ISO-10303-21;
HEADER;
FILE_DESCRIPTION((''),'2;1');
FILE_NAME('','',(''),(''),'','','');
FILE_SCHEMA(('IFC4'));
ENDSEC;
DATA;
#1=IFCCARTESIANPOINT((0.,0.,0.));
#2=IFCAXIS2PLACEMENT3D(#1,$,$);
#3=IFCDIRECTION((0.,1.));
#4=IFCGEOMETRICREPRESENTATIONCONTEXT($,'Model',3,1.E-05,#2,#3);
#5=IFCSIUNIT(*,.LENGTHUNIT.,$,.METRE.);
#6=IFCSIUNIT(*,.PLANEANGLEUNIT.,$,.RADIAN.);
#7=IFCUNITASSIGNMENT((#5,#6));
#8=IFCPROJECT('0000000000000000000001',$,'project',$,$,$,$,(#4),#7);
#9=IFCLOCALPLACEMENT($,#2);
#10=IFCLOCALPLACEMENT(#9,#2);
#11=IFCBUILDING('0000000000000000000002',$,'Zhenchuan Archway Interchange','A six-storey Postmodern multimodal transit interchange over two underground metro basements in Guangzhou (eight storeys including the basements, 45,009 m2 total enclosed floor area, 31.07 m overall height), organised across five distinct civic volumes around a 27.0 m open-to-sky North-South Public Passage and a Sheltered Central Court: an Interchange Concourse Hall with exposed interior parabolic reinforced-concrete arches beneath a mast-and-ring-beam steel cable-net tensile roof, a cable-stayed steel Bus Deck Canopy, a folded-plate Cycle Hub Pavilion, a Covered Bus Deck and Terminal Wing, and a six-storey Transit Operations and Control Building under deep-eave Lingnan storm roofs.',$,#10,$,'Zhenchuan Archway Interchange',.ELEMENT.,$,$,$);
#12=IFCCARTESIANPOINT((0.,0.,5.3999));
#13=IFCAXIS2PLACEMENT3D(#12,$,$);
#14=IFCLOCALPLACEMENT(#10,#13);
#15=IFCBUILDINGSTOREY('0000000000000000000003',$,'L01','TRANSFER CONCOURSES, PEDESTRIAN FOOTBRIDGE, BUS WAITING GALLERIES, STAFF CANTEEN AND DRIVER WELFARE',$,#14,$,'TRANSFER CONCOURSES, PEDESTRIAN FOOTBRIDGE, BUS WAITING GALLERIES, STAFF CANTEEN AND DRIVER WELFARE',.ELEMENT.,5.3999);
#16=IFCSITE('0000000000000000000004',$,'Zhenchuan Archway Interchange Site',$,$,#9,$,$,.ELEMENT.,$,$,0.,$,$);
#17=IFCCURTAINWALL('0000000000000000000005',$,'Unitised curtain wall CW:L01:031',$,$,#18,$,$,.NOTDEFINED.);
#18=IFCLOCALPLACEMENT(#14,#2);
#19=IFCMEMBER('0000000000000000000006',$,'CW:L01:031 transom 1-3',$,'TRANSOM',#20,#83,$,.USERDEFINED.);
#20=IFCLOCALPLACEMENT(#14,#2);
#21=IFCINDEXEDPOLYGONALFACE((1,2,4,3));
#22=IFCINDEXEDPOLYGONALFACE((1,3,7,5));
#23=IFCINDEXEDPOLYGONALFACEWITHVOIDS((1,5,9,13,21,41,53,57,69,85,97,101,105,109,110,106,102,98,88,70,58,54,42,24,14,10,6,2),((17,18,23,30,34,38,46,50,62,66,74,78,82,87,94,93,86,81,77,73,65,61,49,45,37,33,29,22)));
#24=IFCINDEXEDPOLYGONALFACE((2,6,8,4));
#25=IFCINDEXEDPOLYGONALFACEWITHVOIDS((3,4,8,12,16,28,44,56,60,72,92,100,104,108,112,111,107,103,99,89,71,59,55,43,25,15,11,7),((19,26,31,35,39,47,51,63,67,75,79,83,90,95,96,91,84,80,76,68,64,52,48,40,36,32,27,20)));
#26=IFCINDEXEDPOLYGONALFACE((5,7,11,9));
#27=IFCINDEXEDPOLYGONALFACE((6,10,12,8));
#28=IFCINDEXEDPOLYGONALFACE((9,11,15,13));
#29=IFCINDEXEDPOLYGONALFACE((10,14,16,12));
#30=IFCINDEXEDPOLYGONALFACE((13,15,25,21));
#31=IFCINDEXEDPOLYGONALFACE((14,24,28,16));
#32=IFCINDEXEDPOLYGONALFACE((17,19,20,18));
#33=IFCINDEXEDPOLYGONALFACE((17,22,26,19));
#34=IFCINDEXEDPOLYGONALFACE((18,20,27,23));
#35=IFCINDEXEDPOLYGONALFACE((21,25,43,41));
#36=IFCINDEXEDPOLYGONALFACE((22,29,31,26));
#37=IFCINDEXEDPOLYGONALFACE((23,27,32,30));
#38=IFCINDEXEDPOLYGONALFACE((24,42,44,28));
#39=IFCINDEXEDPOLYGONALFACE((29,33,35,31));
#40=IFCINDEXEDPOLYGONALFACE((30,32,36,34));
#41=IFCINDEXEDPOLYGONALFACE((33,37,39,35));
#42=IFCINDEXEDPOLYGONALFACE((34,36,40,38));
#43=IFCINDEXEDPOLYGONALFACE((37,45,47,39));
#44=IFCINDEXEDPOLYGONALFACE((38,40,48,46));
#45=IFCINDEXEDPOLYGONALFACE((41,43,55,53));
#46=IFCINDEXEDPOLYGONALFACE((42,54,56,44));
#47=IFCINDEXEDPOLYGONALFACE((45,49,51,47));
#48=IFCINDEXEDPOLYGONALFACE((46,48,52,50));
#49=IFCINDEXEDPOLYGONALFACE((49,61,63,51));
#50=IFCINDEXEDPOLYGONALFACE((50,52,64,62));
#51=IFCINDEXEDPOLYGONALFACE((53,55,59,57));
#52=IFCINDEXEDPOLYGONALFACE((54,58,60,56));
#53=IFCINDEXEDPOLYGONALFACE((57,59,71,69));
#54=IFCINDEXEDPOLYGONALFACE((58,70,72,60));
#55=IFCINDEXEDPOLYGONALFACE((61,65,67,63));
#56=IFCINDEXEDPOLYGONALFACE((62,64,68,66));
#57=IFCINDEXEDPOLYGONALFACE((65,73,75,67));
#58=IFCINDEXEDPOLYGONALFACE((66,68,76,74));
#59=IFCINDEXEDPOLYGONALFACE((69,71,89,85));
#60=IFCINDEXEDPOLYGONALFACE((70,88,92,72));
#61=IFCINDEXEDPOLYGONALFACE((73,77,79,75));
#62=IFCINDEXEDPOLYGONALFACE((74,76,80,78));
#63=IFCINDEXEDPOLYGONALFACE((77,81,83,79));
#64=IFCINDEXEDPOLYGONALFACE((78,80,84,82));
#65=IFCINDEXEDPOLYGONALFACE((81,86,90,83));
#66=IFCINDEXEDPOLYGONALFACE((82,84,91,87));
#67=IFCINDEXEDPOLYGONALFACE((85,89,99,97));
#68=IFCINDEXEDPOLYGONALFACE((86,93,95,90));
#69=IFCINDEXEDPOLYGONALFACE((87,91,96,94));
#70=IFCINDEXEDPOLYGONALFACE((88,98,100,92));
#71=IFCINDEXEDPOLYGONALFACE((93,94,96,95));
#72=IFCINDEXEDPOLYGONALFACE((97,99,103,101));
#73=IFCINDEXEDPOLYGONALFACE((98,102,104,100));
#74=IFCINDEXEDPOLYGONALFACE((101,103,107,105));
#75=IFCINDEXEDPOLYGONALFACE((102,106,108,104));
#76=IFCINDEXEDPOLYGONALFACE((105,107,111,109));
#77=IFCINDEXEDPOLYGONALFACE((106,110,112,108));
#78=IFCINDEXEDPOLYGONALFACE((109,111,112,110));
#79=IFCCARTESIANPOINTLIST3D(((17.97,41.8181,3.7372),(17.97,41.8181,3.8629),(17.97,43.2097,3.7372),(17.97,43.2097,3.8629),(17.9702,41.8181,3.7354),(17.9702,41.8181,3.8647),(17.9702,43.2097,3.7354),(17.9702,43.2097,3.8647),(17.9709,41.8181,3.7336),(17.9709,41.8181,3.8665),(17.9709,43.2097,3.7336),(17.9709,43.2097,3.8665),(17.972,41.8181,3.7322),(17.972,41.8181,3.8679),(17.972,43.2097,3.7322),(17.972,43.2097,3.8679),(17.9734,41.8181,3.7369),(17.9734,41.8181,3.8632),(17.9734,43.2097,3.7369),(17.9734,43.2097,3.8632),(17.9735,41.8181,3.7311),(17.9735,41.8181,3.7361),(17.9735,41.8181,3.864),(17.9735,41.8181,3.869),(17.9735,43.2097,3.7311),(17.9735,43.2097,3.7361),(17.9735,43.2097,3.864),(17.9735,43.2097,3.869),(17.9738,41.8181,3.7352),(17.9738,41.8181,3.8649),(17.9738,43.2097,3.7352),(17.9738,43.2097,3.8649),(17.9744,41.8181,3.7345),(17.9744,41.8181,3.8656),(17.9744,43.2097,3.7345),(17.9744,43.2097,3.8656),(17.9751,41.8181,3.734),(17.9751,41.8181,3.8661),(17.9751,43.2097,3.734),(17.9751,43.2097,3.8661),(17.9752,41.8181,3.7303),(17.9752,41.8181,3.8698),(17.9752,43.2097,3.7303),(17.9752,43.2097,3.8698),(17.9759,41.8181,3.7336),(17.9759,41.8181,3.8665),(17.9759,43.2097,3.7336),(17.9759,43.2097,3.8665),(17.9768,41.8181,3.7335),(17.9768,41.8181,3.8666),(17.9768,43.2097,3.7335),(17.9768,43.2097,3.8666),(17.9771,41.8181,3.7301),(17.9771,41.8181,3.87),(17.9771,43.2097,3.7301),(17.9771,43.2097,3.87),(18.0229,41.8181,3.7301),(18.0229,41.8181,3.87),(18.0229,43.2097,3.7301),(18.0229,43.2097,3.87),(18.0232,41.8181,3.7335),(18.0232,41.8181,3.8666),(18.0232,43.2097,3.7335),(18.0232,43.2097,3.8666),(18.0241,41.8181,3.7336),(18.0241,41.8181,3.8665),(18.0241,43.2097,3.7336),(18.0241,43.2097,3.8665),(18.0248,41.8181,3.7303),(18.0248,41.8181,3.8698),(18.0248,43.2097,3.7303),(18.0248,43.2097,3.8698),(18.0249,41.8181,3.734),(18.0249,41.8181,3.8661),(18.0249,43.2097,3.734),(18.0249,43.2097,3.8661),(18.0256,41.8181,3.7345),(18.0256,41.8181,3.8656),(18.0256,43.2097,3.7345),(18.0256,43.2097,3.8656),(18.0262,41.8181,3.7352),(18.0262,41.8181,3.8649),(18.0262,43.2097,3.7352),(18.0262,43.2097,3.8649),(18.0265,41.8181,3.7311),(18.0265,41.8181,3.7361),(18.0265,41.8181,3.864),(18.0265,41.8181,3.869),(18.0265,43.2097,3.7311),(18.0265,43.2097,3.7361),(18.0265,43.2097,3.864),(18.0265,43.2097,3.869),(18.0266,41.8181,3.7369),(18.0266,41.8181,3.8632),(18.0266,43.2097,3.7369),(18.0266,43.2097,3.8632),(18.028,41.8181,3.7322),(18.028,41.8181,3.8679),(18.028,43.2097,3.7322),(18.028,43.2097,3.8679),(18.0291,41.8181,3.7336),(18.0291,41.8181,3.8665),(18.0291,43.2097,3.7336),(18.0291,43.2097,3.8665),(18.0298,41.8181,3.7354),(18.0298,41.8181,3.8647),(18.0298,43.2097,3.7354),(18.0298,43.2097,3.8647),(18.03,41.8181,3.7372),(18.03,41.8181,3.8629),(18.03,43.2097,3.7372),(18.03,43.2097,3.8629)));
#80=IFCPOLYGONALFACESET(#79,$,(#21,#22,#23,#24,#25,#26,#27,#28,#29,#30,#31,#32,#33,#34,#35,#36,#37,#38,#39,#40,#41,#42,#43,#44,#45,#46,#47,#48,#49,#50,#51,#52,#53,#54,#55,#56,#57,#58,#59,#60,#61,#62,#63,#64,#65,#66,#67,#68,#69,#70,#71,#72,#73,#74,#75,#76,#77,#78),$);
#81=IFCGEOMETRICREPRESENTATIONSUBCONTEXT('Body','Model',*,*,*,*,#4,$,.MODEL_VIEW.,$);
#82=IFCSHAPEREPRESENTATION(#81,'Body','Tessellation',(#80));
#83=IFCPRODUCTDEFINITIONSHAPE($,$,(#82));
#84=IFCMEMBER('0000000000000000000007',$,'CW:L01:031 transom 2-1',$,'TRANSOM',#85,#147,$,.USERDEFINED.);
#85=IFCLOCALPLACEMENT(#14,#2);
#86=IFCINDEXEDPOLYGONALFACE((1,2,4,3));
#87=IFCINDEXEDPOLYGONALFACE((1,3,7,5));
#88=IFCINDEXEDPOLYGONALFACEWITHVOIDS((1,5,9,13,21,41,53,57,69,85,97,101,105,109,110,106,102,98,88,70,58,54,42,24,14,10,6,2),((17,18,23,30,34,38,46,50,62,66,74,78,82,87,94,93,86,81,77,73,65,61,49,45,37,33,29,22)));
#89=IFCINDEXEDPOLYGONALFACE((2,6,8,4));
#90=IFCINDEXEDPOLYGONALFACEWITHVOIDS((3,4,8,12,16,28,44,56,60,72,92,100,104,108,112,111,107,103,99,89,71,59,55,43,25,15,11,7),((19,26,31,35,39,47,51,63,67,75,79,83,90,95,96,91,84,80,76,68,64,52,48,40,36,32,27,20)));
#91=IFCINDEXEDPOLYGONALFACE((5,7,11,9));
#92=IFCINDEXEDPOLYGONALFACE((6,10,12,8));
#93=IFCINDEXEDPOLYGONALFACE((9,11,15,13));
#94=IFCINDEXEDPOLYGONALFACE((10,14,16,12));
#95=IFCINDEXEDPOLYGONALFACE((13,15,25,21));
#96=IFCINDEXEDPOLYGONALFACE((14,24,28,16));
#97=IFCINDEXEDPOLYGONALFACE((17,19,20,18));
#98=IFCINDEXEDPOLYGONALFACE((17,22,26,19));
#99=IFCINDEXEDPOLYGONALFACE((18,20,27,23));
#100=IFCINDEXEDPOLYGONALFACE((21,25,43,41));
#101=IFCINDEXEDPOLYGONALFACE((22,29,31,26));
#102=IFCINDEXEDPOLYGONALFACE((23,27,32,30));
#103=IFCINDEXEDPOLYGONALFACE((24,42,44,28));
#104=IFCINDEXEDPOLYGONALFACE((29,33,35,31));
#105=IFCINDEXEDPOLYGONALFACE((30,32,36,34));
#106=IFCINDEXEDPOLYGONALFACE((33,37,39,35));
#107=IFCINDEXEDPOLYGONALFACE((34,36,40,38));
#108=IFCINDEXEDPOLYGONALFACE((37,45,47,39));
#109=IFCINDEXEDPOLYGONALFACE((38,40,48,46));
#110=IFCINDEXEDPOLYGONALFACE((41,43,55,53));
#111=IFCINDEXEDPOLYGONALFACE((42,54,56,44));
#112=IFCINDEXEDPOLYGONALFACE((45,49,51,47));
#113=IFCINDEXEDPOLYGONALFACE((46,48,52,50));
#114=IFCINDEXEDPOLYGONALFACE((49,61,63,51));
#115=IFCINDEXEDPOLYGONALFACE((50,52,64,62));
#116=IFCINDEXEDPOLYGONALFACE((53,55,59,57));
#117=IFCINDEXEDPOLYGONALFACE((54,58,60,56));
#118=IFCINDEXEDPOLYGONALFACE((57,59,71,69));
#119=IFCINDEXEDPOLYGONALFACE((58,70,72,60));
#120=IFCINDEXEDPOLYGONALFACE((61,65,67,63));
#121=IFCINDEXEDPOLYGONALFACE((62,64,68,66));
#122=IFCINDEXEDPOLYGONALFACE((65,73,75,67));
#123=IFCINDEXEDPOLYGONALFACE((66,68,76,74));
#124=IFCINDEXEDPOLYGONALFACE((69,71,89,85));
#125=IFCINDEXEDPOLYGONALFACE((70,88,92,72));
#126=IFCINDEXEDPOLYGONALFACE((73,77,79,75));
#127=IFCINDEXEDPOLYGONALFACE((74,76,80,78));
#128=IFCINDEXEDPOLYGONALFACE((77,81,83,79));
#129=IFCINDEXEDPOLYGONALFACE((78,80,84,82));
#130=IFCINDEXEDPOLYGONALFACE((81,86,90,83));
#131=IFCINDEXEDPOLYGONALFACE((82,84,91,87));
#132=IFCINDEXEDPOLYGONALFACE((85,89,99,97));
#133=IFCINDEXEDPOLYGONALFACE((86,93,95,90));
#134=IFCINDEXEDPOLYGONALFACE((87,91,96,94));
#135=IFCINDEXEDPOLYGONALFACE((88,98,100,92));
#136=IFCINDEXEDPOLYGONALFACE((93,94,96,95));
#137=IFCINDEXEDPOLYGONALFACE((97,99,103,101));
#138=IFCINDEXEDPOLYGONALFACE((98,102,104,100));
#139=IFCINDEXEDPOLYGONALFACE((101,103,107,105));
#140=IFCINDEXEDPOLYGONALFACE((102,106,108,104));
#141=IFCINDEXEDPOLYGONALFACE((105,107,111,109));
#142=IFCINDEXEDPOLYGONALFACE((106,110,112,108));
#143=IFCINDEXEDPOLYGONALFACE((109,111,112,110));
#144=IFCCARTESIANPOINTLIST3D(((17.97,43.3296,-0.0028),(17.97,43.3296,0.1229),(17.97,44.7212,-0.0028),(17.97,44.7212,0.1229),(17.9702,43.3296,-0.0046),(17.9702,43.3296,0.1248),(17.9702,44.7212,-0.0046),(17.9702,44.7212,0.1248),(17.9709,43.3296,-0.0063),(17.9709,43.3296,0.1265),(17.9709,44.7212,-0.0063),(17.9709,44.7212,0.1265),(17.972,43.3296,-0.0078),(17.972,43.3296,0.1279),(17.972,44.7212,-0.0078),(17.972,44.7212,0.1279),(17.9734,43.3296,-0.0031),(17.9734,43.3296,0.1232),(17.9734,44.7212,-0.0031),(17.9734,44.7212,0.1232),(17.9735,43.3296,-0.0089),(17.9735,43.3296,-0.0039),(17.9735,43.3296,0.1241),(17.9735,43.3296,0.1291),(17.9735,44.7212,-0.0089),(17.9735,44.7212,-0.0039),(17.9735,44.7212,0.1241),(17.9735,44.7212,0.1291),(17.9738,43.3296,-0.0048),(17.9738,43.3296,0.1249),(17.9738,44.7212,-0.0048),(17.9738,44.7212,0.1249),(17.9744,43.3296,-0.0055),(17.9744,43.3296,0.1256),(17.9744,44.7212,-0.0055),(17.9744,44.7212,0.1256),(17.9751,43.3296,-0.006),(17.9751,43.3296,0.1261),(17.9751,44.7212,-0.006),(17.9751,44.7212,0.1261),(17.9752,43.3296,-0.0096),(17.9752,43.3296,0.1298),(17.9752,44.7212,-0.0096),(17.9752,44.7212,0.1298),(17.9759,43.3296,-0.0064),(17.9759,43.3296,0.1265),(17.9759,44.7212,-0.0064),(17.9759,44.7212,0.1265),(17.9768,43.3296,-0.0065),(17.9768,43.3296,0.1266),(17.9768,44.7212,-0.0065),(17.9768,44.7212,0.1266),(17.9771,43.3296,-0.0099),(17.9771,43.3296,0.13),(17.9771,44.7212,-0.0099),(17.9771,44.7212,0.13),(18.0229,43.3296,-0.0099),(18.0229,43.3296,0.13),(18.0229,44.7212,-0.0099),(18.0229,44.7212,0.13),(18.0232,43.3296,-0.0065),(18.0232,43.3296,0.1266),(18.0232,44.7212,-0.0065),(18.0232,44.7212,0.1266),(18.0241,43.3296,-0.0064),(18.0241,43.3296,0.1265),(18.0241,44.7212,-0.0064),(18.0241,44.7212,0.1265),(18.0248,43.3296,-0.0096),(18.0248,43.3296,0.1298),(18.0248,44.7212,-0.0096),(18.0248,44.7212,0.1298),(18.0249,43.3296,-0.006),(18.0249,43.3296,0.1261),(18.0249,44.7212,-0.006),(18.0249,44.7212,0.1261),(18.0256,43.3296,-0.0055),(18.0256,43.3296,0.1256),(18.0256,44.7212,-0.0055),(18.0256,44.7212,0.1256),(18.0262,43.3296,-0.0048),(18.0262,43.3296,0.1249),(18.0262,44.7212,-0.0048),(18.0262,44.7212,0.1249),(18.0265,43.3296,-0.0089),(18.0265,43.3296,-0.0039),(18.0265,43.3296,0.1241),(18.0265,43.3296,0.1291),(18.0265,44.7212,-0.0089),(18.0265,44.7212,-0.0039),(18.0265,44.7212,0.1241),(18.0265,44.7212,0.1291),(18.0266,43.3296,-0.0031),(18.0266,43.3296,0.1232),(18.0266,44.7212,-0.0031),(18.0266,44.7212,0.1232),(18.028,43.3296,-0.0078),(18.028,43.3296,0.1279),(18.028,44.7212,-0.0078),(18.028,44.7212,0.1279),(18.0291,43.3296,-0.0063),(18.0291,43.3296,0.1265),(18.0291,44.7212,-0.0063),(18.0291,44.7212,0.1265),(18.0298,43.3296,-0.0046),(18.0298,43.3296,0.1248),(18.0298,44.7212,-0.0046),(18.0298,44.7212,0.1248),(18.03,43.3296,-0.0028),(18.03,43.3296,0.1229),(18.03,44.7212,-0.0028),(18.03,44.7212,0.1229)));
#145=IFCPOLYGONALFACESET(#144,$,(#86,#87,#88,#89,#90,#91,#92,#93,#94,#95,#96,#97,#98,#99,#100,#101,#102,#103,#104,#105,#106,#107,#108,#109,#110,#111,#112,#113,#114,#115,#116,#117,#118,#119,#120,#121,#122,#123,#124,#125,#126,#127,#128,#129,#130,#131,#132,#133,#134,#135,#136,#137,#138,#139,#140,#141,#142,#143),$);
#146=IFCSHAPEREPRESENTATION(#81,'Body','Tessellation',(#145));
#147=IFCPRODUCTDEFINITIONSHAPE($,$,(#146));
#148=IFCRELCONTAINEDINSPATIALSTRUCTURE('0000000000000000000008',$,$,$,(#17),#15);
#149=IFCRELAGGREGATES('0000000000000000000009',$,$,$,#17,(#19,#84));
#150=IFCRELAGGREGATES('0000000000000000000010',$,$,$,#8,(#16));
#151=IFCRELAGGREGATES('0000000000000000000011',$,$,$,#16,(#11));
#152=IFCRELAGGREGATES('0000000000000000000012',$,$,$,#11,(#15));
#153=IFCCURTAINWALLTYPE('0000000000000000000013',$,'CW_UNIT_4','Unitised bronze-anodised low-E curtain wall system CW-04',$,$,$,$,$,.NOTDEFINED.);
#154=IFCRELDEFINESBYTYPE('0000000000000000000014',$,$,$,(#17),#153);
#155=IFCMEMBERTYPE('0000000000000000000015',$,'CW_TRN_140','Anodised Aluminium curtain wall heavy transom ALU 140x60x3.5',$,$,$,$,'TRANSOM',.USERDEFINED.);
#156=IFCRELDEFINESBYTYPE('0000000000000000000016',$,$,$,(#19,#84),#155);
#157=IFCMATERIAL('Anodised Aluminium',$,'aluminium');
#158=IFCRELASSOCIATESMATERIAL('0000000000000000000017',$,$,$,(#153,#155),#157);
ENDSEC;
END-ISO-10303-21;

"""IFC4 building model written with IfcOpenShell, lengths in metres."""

from ifc_helpers import new_model, si_unit, direction, frame, origin, origin_2d, place, context, subcontext, project, spatial, hollow_rectangle, extrude, material, material_profile, profile_set, type_object, element, aggregate, save


model = new_model("IFC4")

# Units and contexts
model_context = context("Model", 3, precision=1e-05, world=origin(), true_north=direction((0.0, 1.0)))
body_context = subcontext(model_context, "Body", "Model", "MODEL_VIEW")
ifc_project = project(units=[si_unit("LENGTHUNIT", "METRE"), si_unit("PLANEANGLEUNIT", "RADIAN")], contexts=[model_context])

# Site, building, storey
site_placement = place(None, origin())
site = spatial("IfcSite", under=ifc_project, at=site_placement, Name="Zhenchuan Archway Interchange Site", CompositionType="ELEMENT", RefElevation=0.0)
building_placement = place(site_placement, origin())
building = spatial("IfcBuilding", under=site, at=building_placement, Name="Zhenchuan Archway Interchange", Description="A six-storey Postmodern multimodal transit interchange over two underground metro basements in Guangzhou (eight storeys including the basements, 45,009 m2 total enclosed floor area, 31.07 m overall height), organised across five distinct civic volumes around a 27.0 m open-to-sky North-South Public Passage and a Sheltered Central Court: an Interchange Concourse Hall with exposed interior parabolic reinforced-concrete arches beneath a mast-and-ring-beam steel cable-net tensile roof, a cable-stayed steel Bus Deck Canopy, a folded-plate Cycle Hub Pavilion, a Covered Bus Deck and Terminal Wing, and a six-storey Transit Operations and Control Building under deep-eave Lingnan storm roofs.", LongName="Zhenchuan Archway Interchange", CompositionType="ELEMENT")
storey_placement = place(building_placement, frame((0.0, 0.0, 5.3999)))
storey = spatial("IfcBuildingStorey", under=building, at=storey_placement, Name="L01", Description="TRANSFER CONCOURSES, PEDESTRIAN FOOTBRIDGE, BUS WAITING GALLERIES, STAFF CANTEEN AND DRIVER WELFARE", LongName="TRANSFER CONCOURSES, PEDESTRIAN FOOTBRIDGE, BUS WAITING GALLERIES, STAFF CANTEEN AND DRIVER WELFARE", CompositionType="ELEMENT", Elevation=5.3999)

# Curtain wall, members
ifc_material_1 = material(Name="Anodised Aluminium", Category="aluminium")
curtain_wall_type = type_object("IfcCurtainWallType", Name="CW_UNIT_4", Description="Unitised bronze-anodised low-E curtain wall system CW-04", PredefinedType="NOTDEFINED", material=ifc_material_1)
curtain_wall_placement = place(storey_placement, origin())
curtain_wall = element("IfcCurtainWall", 1, at=curtain_wall_placement, inside=storey, type_object=curtain_wall_type, Name="Unitised curtain wall CW:L01:031", PredefinedType="NOTDEFINED")
ifc_material_profile_1 = material_profile(ifc_material_1, hollow_rectangle(XDim=0.0601, YDim=0.1399, WallThickness=0.0034, InnerFilletRadius=0.0034, OuterFilletRadius=0.0071, at=origin_2d()), Name="ALU 140x60x3.5")
ifc_profile_set_1 = profile_set([ifc_material_profile_1], Name="Anodised Aluminium")
member_type_1 = type_object("IfcMemberType", Name="CW_TRN_140", Description="Anodised Aluminium curtain wall heavy transom ALU 140x60x3.5", ElementType="TRANSOM", PredefinedType="USERDEFINED", material=ifc_profile_set_1)
member_1_placement = place(storey_placement, frame((18.0, 41.8181, 3.8), z_axis=(0.0, 1.0, 0.0), x_axis=(-1.0, 0.0, 0.0)))
member_1 = element("IfcMember", 2, at=member_1_placement, type_object=member_type_1, Name="CW:L01:031 transom 1-3", ObjectType="TRANSOM", PredefinedType="USERDEFINED", context=body_context, shape_type="SweptSolid", body=[
    extrude(hollow_rectangle(XDim=0.0601, YDim=0.1399, WallThickness=0.0034, InnerFilletRadius=0.0034, OuterFilletRadius=0.0071, at=origin_2d()), origin(), (0.0, 0.0, 1.0), 1.3916),
])
member_2_placement = place(storey_placement, frame((18.0, 43.3296, 0.0601), z_axis=(0.0, 1.0, 0.0), x_axis=(-1.0, 0.0, 0.0)))
member_2 = element("IfcMember", 3, at=member_2_placement, type_object=member_type_1, Name="CW:L01:031 transom 2-1", ObjectType="TRANSOM", PredefinedType="USERDEFINED", context=body_context, shape_type="SweptSolid", body=[
    extrude(hollow_rectangle(XDim=0.0601, YDim=0.1399, WallThickness=0.0034, InnerFilletRadius=0.0034, OuterFilletRadius=0.0071, at=origin_2d()), origin(), (0.0, 0.0, 1.0), 1.3916),
])
aggregate(curtain_wall, [member_1, member_2])

save(model, "model.ifc")
